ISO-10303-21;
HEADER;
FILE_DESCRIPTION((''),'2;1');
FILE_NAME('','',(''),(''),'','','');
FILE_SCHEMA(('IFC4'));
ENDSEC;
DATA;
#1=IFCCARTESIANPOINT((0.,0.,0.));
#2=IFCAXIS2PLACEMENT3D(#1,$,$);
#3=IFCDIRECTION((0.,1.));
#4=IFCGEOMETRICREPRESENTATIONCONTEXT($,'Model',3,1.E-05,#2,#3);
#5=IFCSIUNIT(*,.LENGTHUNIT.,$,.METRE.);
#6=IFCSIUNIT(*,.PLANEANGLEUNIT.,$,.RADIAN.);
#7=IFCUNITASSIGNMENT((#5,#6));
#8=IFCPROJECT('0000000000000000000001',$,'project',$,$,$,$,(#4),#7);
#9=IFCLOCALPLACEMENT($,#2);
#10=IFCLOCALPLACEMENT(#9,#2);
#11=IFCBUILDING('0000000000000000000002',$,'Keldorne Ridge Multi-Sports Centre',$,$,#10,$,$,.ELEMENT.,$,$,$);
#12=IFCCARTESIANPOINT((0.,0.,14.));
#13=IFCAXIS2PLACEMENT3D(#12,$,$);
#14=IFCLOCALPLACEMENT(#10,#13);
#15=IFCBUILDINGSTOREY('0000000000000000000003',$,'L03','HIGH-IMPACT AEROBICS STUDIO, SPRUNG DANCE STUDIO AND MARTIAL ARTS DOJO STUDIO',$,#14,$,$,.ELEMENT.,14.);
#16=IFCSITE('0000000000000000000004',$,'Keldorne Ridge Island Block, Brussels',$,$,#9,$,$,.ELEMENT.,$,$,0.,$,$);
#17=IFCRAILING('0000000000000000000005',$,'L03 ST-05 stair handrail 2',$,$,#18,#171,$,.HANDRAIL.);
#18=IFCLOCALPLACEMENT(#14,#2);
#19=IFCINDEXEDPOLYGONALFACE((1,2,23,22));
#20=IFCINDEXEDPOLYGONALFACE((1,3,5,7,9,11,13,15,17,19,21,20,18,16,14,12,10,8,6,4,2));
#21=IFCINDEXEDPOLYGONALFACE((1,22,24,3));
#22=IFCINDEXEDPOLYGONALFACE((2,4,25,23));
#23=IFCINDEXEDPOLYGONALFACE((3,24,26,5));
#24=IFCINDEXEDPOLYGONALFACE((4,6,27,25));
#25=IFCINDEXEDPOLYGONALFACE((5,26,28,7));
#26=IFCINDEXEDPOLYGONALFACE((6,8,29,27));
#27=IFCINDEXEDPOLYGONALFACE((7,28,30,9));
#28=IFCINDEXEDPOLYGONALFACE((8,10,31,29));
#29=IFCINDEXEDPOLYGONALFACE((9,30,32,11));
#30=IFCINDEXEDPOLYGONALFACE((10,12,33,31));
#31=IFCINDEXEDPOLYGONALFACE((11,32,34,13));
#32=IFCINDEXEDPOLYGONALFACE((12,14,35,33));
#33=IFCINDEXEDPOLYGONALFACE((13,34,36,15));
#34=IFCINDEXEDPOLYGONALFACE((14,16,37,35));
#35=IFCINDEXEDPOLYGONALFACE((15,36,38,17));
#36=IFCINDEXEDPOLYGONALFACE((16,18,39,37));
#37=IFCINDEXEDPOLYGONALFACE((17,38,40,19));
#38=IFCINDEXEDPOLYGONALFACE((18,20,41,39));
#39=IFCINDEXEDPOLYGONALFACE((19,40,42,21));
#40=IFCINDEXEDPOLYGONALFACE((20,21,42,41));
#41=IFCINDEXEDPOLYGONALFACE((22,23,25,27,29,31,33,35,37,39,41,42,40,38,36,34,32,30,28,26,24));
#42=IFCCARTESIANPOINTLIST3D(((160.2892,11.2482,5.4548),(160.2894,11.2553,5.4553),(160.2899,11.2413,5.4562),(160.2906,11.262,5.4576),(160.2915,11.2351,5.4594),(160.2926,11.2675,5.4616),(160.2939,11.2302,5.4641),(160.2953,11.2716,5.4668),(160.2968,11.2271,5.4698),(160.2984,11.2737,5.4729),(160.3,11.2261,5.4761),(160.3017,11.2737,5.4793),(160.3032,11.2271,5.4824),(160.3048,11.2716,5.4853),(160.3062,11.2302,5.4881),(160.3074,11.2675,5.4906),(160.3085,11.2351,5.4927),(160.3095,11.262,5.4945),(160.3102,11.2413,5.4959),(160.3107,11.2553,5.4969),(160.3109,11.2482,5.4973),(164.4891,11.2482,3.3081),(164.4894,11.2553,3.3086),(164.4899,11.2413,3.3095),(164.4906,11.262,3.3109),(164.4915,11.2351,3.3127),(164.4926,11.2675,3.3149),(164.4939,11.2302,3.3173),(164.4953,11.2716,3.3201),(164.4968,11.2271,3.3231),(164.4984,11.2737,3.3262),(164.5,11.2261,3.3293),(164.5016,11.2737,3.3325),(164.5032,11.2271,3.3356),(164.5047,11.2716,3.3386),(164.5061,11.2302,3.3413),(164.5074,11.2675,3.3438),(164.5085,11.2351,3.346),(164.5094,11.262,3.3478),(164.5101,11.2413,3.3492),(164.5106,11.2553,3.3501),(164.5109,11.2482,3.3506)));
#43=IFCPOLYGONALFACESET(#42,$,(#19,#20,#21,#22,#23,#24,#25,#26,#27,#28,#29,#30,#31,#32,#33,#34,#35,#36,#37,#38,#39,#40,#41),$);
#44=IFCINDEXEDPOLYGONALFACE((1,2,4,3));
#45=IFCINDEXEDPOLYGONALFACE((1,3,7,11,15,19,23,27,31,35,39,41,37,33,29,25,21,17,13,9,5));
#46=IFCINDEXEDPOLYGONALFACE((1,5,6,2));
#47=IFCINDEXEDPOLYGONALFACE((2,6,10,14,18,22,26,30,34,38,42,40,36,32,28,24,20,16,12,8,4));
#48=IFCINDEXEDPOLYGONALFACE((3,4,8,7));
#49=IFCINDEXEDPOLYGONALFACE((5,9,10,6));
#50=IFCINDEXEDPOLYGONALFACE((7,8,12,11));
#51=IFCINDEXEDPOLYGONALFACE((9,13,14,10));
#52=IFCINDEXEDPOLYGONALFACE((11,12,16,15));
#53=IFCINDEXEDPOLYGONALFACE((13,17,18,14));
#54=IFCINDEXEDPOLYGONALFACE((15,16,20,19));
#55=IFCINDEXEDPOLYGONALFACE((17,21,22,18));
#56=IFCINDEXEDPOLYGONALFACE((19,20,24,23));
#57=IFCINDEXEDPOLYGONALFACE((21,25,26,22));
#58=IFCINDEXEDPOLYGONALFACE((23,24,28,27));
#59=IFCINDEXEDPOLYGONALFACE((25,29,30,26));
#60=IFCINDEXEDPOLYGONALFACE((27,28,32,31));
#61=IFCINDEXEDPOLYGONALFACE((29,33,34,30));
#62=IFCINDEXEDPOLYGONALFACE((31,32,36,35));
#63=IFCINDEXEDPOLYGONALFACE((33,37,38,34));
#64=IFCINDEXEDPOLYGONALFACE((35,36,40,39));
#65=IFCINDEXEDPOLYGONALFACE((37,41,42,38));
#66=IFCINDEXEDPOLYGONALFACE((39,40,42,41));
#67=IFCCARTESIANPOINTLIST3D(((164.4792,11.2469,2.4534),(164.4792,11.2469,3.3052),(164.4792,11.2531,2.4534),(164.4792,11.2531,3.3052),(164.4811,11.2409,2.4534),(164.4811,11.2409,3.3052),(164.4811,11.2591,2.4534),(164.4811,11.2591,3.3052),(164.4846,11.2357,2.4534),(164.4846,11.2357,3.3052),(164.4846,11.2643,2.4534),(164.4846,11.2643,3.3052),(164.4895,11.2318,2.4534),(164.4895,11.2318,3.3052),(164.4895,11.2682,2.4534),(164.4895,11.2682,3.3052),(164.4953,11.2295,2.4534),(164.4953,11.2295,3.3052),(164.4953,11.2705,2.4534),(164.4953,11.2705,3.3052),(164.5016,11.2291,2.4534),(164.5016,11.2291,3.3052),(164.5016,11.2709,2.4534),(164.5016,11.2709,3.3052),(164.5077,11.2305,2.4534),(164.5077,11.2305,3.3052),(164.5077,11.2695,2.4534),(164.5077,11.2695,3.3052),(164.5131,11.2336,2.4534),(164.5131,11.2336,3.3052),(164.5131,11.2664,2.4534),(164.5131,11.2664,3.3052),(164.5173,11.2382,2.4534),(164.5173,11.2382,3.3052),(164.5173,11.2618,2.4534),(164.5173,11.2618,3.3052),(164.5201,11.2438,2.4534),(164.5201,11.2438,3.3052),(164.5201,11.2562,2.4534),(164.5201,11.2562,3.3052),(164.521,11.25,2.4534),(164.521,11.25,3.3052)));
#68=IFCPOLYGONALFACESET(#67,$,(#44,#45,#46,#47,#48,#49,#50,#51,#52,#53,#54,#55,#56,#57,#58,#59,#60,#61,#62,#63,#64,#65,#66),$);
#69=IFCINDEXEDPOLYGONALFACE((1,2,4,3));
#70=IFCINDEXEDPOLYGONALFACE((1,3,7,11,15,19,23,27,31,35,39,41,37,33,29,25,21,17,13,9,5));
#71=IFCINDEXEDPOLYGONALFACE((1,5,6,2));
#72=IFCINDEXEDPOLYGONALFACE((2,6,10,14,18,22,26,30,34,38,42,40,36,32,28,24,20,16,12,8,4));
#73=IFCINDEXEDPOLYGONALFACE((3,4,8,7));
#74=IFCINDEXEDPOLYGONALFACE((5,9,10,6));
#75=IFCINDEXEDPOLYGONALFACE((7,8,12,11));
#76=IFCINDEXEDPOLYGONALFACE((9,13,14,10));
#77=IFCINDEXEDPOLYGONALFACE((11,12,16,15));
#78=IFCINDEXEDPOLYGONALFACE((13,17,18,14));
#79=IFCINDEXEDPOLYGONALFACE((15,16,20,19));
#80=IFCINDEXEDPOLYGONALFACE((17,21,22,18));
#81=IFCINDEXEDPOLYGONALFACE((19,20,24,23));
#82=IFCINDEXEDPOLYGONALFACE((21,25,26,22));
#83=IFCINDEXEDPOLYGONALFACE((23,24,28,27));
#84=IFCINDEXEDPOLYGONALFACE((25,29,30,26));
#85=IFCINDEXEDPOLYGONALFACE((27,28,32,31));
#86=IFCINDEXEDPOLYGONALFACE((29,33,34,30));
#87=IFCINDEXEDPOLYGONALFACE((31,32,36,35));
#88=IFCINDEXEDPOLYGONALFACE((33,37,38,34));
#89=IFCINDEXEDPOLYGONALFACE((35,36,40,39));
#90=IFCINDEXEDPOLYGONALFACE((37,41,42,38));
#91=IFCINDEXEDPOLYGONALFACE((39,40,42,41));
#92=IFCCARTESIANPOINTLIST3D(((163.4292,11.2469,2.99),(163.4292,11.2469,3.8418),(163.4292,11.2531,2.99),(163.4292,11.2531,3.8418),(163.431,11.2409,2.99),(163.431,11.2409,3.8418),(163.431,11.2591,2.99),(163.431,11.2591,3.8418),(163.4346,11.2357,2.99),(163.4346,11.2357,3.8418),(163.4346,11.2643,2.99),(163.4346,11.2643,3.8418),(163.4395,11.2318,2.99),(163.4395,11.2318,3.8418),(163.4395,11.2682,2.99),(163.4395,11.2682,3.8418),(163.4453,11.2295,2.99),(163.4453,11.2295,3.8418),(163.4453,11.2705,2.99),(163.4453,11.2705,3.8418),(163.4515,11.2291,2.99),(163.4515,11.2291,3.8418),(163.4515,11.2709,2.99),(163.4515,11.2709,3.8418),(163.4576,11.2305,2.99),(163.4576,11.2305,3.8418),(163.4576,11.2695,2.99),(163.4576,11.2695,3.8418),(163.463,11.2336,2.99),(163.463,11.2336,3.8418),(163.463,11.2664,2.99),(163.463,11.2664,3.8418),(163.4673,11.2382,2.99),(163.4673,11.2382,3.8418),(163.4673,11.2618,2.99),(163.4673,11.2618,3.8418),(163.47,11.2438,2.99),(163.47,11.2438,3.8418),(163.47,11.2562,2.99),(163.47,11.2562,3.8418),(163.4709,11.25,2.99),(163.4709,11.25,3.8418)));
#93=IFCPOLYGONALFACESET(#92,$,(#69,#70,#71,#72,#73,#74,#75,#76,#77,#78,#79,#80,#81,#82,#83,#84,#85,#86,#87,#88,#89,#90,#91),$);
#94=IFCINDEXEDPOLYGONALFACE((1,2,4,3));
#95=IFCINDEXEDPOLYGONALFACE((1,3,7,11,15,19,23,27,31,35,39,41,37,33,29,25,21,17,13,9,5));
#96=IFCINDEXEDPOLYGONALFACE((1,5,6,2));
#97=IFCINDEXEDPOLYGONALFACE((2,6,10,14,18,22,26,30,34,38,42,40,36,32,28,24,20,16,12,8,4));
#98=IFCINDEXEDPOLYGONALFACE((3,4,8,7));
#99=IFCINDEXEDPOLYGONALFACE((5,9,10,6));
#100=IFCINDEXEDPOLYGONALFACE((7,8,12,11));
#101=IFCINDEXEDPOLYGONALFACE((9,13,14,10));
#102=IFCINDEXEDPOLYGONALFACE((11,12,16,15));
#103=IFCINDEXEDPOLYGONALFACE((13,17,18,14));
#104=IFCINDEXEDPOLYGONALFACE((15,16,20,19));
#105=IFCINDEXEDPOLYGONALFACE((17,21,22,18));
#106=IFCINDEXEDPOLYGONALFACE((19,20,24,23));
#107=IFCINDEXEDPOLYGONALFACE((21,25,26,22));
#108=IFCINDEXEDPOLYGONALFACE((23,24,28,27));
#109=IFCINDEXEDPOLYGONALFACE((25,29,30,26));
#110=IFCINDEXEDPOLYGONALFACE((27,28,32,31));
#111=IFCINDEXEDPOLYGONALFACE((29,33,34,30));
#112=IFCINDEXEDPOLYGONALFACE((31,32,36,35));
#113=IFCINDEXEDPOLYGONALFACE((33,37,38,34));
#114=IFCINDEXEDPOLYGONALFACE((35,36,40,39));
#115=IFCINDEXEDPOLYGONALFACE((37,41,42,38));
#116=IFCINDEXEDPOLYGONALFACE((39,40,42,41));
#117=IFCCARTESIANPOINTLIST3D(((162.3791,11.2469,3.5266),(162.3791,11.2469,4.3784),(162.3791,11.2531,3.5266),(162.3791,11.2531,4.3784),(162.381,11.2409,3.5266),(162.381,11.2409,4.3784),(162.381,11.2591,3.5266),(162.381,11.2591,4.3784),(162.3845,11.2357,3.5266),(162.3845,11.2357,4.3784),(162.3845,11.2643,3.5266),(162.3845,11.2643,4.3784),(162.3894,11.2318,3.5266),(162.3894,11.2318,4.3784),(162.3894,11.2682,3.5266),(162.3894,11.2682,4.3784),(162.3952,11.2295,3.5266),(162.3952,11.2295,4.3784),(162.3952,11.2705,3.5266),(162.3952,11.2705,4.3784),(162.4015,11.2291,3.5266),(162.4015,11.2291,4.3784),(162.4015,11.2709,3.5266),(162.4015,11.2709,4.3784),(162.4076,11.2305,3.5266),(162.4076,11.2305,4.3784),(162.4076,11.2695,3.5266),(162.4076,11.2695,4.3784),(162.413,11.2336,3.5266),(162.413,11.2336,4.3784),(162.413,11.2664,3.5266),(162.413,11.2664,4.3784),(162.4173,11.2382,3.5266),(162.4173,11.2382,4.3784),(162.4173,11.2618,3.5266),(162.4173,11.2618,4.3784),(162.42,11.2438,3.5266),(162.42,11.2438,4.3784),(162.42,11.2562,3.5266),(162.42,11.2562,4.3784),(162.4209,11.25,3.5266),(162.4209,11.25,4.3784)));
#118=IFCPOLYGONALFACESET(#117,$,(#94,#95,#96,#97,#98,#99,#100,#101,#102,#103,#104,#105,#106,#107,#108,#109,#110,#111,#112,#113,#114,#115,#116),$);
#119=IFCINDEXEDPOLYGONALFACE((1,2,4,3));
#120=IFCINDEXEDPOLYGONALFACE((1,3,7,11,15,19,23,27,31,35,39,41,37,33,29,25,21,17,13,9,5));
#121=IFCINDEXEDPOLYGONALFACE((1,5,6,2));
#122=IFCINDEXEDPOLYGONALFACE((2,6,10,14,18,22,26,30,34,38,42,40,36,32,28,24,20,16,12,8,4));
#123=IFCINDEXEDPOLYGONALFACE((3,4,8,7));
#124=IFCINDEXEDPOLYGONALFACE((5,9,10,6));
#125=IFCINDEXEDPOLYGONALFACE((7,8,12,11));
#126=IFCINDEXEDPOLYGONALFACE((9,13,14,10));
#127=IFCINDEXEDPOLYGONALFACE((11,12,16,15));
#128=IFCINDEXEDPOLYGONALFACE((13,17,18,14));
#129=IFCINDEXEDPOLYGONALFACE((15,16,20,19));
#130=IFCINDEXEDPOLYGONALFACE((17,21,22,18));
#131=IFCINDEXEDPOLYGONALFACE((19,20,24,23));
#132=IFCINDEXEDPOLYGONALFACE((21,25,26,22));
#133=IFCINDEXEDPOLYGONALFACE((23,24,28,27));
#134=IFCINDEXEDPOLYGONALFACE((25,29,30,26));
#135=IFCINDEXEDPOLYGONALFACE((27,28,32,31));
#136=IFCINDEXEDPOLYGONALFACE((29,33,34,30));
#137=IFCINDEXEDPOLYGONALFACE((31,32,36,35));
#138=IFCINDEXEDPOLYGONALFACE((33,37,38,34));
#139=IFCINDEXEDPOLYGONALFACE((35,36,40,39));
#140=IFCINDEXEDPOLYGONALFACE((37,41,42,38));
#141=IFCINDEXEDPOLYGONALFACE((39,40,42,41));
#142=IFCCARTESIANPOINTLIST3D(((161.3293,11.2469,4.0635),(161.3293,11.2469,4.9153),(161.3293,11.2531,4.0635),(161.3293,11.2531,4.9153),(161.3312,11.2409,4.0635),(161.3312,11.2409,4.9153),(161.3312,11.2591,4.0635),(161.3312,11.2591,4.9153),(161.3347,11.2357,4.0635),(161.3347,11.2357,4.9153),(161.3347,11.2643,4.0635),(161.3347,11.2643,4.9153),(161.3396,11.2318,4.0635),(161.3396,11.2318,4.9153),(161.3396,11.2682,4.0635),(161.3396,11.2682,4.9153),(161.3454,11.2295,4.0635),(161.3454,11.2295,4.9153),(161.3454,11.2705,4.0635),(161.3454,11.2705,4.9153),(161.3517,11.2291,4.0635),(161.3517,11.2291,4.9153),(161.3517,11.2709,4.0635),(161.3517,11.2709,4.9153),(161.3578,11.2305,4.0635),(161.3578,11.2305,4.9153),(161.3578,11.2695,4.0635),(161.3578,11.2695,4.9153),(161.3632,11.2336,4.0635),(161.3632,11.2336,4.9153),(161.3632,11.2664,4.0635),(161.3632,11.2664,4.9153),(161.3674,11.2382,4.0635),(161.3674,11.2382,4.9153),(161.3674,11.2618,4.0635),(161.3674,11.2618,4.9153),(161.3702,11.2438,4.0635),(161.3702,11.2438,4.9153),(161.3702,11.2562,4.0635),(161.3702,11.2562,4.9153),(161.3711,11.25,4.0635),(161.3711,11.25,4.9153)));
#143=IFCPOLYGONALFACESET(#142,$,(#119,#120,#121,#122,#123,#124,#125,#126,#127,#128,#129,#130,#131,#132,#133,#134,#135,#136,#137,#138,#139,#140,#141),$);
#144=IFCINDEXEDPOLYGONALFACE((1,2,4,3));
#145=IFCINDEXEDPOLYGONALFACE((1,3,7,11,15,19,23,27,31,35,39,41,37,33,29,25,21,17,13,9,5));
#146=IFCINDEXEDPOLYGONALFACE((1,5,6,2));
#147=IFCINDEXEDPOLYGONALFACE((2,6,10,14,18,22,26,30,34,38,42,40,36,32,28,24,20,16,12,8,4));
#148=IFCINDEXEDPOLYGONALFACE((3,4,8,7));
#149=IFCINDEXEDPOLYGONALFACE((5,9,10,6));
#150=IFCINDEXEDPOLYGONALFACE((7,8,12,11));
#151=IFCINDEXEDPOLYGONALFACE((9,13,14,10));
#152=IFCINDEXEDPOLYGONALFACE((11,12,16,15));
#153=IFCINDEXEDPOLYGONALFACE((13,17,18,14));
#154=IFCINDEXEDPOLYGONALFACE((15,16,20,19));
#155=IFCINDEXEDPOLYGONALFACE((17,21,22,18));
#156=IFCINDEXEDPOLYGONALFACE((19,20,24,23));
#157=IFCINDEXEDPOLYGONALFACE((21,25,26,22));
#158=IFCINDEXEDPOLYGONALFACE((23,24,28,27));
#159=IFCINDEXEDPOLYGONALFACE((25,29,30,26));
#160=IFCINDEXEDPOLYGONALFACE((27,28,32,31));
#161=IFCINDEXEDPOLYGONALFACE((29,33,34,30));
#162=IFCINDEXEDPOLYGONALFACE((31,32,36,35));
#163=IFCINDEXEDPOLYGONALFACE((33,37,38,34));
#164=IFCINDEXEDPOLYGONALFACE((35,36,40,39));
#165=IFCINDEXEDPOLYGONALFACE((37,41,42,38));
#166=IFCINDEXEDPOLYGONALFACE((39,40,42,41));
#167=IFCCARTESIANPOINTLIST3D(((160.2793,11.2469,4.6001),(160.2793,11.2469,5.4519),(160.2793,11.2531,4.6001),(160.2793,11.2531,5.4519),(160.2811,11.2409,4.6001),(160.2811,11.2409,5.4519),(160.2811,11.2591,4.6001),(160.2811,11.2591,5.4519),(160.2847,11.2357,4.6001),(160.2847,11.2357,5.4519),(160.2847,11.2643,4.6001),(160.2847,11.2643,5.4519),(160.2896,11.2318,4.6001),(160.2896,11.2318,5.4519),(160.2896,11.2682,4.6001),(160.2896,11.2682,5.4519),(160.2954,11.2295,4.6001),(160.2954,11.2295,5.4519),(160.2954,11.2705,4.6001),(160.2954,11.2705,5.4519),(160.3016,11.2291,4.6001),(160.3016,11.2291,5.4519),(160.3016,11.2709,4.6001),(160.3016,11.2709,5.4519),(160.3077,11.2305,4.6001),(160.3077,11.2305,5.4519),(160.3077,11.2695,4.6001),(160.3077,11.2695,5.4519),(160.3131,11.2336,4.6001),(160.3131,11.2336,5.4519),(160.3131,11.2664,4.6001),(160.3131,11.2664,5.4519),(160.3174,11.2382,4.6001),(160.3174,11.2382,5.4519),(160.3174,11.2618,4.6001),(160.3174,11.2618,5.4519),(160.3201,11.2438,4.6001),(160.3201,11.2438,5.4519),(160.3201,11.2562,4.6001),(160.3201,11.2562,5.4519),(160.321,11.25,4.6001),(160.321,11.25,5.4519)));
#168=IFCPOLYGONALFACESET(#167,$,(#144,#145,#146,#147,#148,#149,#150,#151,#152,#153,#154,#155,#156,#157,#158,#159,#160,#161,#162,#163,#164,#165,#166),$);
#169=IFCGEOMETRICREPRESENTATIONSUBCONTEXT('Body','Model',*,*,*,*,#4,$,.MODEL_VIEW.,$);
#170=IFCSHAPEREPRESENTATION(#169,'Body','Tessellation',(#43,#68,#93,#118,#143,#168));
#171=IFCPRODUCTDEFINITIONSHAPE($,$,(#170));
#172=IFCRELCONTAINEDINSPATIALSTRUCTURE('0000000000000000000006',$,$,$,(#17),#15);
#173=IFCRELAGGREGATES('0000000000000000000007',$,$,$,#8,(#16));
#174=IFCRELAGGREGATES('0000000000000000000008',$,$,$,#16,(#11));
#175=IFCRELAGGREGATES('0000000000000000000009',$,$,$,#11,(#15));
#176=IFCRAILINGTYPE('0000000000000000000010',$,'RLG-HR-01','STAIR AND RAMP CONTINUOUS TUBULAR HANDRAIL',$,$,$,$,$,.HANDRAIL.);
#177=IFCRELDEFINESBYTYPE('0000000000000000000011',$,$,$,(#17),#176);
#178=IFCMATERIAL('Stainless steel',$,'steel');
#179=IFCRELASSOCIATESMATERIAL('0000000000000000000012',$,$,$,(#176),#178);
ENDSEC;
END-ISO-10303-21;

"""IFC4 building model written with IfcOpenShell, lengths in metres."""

from ifc_helpers import new_model, si_unit, direction, frame, origin, origin_2d, place, context, subcontext, project, spatial, circle, extrude, material, type_object, element, save


model = new_model("IFC4")

# Units and contexts
model_context = context("Model", 3, precision=1e-05, world=origin(), true_north=direction((0.0, 1.0)))
body_context = subcontext(model_context, "Body", "Model", "MODEL_VIEW")
ifc_project = project(units=[si_unit("LENGTHUNIT", "METRE"), si_unit("PLANEANGLEUNIT", "RADIAN")], contexts=[model_context])

# Site, building, storey
site_placement = place(None, origin())
site = spatial("IfcSite", under=ifc_project, at=site_placement, Name="Keldorne Ridge Island Block, Brussels", CompositionType="ELEMENT", RefElevation=0.0)
building_placement = place(site_placement, origin())
building = spatial("IfcBuilding", under=site, at=building_placement, Name="Keldorne Ridge Multi-Sports Centre", CompositionType="ELEMENT")
storey_placement = place(building_placement, frame((0.0, 0.0, 14.0)))
storey = spatial("IfcBuildingStorey", under=building, at=storey_placement, Name="L03", Description="HIGH-IMPACT AEROBICS STUDIO, SPRUNG DANCE STUDIO AND MARTIAL ARTS DOJO STUDIO", CompositionType="ELEMENT", Elevation=14.0)

# Railing
ifc_material_1 = material(Name="Stainless steel", Category="steel")
railing_type_1 = type_object("IfcRailingType", Name="RLG-HR-01", Description="STAIR AND RAMP CONTINUOUS TUBULAR HANDRAIL", PredefinedType="HANDRAIL", material=ifc_material_1)
railing_1_placement = place(storey_placement, frame((164.5, 11.25, 2.4534)))
element("IfcRailing", 1, at=railing_1_placement, inside=storey, type_object=railing_type_1, Name="L03 ST-05 stair handrail 2", PredefinedType="HANDRAIL", context=body_context, shape_type="SweptSolid", body=[
    extrude(circle(Radius=0.0239, at=origin_2d()), frame((0.0, 0.0, 0.876), z_axis=(-0.890427, 0.0, 0.455126), x_axis=(0.0, -1.0, 0.0)), (0.0, 0.0, 1.0), 4.7168),
    extrude(circle(Radius=0.021, at=origin_2d()), origin(), (0.0, 0.0, 1.0), 0.8518),
    extrude(circle(Radius=0.021, at=origin_2d()), frame((-1.05, 0.0, 0.5366)), (0.0, 0.0, 1.0), 0.8518),
    extrude(circle(Radius=0.021, at=origin_2d()), frame((-2.1001, 0.0, 1.0732)), (0.0, 0.0, 1.0), 0.8518),
    extrude(circle(Radius=0.021, at=origin_2d()), frame((-3.1499, 0.0, 1.6101)), (0.0, 0.0, 1.0), 0.8518),
    extrude(circle(Radius=0.021, at=origin_2d()), frame((-4.2, 0.0, 2.1467)), (0.0, 0.0, 1.0), 0.8518),
])

save(model, "model.ifc")
